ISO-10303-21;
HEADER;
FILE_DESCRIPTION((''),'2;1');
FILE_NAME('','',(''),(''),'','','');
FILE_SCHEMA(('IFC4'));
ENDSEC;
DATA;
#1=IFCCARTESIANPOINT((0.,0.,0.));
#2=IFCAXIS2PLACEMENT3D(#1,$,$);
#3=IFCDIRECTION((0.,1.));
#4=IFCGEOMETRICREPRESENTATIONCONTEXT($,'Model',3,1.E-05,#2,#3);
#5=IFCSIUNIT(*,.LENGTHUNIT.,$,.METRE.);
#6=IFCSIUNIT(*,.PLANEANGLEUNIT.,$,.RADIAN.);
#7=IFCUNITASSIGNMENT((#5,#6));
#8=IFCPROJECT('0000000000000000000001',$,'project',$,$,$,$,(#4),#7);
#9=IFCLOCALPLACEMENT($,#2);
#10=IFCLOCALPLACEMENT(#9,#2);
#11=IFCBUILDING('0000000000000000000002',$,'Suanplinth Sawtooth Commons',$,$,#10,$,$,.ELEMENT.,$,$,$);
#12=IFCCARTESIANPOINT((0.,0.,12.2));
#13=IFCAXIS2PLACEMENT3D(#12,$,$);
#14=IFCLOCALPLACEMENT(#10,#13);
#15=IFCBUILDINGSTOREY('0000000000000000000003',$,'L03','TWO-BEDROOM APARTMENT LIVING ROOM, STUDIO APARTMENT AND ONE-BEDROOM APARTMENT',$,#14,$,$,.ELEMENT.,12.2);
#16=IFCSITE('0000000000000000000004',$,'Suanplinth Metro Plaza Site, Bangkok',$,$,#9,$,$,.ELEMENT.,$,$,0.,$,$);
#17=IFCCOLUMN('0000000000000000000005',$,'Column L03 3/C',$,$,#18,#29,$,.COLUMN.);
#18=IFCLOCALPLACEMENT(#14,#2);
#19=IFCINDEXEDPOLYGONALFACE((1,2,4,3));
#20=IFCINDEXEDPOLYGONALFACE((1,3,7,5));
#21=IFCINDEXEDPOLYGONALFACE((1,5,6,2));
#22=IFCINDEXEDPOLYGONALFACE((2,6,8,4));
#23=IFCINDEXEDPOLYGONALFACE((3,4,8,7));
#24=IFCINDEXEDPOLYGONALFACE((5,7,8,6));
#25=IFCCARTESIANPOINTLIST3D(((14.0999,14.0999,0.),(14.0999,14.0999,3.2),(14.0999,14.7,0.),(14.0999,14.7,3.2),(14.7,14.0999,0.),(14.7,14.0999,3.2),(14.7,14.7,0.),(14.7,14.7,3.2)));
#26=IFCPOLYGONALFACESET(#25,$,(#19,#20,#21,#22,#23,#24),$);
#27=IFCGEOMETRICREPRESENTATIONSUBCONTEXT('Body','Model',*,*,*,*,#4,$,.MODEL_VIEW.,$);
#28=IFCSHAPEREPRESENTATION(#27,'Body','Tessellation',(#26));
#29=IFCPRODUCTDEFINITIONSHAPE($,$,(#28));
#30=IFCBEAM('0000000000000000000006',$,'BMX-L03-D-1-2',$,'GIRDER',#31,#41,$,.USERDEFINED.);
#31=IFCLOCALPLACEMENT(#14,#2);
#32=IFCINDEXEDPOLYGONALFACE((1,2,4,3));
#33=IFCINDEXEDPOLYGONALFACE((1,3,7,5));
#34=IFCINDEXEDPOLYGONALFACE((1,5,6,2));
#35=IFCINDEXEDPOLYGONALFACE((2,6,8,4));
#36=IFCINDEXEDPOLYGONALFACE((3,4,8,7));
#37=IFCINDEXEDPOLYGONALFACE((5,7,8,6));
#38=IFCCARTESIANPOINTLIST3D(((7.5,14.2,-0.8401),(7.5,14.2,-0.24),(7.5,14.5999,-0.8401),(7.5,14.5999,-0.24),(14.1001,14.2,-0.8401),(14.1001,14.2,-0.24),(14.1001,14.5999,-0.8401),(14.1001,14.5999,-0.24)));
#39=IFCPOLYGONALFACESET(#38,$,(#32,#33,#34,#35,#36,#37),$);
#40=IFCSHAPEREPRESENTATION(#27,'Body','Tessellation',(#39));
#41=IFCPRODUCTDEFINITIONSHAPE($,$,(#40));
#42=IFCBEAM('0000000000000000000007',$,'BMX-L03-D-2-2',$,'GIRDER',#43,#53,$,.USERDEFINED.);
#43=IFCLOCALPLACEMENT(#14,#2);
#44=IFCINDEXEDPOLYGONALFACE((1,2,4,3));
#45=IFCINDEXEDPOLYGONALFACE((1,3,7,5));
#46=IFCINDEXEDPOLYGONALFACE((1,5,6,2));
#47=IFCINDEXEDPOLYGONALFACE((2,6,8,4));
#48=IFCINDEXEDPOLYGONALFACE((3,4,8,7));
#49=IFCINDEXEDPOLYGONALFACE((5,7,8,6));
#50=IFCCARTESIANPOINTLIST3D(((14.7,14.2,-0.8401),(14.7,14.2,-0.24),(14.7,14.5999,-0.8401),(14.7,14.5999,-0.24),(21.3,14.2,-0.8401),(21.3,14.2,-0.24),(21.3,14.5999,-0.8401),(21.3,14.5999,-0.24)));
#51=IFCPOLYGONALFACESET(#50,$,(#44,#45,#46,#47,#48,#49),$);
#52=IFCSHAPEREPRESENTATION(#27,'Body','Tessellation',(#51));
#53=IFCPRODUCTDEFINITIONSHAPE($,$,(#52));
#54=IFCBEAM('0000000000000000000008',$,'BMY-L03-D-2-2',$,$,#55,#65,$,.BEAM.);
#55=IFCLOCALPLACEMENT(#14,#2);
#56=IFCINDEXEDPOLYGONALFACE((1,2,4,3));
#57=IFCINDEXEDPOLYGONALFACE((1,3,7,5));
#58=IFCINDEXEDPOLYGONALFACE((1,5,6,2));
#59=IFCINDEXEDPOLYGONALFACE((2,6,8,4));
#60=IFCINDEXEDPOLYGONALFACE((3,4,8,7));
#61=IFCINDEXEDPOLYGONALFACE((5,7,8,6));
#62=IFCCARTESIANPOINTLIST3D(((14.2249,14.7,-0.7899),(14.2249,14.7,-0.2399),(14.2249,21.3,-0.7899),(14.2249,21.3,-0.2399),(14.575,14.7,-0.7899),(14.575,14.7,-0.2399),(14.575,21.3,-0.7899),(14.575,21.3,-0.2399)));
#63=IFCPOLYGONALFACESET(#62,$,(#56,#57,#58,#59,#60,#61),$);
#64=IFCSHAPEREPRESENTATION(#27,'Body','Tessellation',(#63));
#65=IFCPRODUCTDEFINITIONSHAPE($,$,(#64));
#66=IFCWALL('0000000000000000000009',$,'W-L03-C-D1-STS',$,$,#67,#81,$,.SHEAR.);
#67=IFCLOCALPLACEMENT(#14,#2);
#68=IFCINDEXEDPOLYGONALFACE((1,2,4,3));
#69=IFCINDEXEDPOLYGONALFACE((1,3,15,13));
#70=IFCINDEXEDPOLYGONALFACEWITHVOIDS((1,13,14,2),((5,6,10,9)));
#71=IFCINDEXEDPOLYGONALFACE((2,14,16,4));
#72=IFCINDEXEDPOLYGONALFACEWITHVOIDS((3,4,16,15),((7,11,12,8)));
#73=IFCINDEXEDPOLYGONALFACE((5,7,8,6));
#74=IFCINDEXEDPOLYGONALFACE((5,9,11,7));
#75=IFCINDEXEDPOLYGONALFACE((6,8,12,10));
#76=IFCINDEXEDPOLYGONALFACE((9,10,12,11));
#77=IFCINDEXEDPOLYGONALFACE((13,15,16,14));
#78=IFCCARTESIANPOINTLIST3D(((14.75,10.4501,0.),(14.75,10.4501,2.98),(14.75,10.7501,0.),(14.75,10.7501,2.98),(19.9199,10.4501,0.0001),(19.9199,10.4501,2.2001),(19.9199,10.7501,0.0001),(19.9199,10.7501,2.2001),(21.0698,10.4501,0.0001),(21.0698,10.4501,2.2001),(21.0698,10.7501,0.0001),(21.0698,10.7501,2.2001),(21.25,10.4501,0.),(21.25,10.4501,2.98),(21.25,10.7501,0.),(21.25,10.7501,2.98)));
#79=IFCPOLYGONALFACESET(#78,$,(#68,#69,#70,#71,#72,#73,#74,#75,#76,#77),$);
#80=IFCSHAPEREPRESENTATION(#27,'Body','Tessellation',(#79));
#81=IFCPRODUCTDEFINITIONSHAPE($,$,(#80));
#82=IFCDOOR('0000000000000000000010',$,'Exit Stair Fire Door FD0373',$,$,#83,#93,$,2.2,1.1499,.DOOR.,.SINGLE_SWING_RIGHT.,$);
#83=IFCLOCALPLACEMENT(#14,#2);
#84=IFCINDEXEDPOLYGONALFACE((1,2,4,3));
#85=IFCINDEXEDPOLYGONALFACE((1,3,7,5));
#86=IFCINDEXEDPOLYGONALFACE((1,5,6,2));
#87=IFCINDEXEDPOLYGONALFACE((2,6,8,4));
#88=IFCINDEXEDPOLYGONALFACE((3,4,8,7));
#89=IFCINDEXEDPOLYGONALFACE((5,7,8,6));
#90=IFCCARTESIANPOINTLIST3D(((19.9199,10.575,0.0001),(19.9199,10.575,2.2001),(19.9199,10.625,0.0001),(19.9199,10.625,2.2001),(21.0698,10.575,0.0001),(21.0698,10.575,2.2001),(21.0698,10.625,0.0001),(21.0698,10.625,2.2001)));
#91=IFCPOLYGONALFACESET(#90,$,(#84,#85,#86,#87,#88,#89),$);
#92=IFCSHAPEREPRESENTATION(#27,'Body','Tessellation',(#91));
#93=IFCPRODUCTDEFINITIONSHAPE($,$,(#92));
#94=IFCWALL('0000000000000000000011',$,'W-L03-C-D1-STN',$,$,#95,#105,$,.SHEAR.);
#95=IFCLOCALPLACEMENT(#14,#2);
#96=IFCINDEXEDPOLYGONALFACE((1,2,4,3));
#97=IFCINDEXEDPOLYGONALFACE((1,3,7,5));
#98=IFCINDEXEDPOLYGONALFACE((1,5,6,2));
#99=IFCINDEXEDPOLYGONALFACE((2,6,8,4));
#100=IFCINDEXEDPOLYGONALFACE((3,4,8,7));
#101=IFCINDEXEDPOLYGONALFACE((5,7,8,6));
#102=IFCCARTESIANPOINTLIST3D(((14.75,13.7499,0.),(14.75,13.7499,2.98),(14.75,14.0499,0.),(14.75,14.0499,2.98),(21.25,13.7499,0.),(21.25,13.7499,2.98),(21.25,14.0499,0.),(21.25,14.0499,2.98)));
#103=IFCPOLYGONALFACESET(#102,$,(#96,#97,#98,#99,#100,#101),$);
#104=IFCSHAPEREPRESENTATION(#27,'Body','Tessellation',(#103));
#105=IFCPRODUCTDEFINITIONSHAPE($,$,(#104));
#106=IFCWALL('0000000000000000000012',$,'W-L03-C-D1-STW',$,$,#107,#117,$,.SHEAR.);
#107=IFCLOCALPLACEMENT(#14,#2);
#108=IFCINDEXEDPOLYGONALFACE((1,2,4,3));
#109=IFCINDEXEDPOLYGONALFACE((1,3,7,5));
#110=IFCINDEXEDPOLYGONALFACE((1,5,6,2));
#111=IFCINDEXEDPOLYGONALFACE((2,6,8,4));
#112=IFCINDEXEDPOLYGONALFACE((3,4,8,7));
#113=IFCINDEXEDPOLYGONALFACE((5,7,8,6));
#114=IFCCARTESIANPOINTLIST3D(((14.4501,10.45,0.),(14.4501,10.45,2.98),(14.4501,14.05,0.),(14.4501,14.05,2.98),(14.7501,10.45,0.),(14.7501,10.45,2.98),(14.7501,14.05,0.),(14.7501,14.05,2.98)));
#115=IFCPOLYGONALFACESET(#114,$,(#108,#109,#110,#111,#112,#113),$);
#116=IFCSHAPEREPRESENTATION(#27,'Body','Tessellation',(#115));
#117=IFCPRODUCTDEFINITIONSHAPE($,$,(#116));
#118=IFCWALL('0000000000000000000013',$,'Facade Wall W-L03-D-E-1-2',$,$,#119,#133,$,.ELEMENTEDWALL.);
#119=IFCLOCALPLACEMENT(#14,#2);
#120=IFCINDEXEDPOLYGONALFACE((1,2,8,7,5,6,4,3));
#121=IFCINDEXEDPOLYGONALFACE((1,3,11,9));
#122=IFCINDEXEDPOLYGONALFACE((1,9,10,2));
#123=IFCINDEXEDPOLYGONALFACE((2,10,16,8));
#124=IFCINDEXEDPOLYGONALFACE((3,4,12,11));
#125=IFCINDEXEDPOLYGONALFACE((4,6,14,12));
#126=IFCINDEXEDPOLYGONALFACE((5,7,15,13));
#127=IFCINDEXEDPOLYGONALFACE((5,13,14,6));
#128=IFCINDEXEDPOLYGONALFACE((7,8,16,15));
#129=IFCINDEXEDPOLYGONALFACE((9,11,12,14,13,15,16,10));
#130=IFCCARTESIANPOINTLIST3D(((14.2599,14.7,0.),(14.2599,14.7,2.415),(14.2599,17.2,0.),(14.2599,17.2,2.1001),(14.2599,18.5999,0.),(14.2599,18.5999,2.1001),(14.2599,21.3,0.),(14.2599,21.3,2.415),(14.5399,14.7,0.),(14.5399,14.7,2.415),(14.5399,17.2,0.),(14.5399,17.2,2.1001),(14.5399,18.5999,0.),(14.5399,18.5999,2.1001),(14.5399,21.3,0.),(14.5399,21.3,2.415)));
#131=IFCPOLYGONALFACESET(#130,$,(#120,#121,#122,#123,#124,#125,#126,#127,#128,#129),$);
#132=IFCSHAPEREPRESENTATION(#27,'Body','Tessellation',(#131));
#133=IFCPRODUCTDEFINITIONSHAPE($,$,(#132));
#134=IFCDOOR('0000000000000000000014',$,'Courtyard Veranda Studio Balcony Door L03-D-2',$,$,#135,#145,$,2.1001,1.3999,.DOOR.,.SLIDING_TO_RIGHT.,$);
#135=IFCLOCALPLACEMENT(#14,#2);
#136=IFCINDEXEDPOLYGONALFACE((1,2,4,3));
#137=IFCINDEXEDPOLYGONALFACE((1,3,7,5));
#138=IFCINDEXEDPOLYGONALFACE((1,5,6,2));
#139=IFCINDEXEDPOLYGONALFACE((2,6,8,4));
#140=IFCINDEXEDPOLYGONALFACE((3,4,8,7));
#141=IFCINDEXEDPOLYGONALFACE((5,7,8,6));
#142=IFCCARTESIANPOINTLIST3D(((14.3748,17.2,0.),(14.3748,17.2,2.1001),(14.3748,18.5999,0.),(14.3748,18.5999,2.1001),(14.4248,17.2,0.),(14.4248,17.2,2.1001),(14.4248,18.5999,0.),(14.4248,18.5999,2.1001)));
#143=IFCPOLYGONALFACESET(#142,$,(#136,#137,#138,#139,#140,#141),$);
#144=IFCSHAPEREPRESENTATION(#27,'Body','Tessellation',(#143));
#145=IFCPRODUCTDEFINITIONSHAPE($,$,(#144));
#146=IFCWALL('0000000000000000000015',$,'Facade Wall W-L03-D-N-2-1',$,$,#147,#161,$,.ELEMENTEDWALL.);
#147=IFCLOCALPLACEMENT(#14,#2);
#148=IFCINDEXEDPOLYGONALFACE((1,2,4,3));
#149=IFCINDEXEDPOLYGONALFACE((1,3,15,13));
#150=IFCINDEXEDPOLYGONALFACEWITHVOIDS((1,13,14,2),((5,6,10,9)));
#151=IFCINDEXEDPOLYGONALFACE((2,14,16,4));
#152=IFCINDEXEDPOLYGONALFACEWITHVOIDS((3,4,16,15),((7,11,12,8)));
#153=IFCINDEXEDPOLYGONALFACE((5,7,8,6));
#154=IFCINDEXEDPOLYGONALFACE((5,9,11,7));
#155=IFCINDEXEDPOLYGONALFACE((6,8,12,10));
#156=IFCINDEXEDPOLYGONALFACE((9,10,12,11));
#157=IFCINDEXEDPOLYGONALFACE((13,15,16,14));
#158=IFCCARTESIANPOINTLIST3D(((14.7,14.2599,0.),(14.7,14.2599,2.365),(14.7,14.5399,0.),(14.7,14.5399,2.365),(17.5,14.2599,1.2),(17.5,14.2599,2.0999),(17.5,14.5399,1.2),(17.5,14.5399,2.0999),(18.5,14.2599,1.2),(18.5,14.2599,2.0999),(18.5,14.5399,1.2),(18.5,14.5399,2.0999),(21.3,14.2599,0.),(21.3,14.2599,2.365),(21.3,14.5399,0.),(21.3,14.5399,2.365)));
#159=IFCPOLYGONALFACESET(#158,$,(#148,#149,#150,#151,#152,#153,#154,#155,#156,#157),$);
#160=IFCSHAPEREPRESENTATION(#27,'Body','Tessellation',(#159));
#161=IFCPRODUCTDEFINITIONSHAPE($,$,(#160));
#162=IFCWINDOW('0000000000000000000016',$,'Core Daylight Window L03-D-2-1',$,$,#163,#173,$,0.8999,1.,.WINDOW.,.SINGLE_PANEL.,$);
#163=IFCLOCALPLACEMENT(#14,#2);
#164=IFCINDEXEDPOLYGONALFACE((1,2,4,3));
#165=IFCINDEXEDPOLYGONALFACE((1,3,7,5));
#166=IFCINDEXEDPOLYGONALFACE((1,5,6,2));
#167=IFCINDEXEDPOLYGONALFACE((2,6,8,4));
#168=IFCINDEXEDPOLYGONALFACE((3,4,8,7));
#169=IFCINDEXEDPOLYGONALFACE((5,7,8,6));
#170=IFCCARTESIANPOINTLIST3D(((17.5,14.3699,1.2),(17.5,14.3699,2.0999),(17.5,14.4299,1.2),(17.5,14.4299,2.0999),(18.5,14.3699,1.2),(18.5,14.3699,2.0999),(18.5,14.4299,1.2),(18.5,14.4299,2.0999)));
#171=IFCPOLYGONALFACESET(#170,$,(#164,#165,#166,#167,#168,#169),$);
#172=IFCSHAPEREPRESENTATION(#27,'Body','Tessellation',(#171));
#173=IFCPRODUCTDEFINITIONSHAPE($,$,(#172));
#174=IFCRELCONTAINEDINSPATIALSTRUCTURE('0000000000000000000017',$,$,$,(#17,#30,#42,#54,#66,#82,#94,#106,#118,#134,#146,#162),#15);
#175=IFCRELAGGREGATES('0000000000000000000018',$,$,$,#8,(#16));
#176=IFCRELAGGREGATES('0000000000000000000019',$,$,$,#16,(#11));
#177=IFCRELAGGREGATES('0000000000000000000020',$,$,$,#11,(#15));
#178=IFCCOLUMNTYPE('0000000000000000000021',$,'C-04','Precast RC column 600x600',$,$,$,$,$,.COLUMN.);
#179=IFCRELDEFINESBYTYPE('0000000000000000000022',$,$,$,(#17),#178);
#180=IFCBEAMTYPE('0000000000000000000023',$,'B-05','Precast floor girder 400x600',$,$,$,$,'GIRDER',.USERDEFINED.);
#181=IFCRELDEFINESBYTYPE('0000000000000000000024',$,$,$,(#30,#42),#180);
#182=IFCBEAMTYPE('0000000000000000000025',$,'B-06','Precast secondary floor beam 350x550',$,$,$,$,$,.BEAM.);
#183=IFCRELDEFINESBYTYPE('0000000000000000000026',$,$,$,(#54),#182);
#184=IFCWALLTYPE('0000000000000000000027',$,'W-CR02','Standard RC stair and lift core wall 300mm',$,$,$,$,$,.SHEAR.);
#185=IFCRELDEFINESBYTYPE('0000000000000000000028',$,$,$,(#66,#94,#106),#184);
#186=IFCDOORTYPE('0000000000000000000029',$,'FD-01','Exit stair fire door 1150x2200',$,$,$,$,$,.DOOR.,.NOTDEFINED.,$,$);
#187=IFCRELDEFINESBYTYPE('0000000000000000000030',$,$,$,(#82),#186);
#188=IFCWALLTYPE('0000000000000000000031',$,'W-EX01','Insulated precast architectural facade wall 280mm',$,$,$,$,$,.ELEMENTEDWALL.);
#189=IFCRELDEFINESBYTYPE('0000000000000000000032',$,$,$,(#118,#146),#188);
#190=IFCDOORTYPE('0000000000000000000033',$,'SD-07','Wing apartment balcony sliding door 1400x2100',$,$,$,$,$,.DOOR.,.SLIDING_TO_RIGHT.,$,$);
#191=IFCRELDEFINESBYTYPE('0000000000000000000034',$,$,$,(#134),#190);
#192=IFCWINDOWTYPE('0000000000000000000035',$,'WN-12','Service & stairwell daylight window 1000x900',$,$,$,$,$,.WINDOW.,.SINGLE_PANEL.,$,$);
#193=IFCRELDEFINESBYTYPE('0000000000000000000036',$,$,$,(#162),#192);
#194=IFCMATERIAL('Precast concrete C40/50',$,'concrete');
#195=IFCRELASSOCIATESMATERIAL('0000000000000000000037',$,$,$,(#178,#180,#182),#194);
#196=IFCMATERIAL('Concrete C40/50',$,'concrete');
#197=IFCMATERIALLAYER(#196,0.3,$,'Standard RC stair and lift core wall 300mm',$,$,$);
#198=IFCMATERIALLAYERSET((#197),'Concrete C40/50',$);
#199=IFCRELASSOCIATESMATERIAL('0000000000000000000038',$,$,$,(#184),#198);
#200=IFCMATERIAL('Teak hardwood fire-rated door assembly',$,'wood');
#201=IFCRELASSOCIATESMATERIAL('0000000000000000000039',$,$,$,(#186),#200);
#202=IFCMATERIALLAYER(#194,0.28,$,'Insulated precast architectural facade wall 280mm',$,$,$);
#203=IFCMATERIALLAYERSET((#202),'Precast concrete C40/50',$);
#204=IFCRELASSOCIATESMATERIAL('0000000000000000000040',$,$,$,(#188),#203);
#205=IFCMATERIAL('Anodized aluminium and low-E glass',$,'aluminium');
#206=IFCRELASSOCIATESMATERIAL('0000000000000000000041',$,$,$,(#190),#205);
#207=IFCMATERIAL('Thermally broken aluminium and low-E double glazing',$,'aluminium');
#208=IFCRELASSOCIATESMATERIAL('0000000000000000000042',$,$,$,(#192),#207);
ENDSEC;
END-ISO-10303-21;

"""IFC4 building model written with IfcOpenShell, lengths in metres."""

from ifc_helpers import new_model, si_unit, direction, frame, frame_2d, origin, origin_2d, place, context, subcontext, project, spatial, rectangle, extrude, material, layer, layer_set, material_profile, profile_set, type_object, element, fill, save


model = new_model("IFC4")

# Units and contexts
model_context = context("Model", 3, precision=1e-05, world=origin(), true_north=direction((0.0, 1.0)))
body_context = subcontext(model_context, "Body", "Model", "MODEL_VIEW")
ifc_project = project(units=[si_unit("LENGTHUNIT", "METRE"), si_unit("PLANEANGLEUNIT", "RADIAN")], contexts=[model_context])

# Site, building, storey
site_placement = place(None, origin())
site = spatial("IfcSite", under=ifc_project, at=site_placement, Name="Suanplinth Metro Plaza Site, Bangkok", CompositionType="ELEMENT", RefElevation=0.0)
building_placement = place(site_placement, origin())
building = spatial("IfcBuilding", under=site, at=building_placement, Name="Suanplinth Sawtooth Commons", CompositionType="ELEMENT")
storey_placement = place(building_placement, frame((0.0, 0.0, 12.2)))
storey = spatial("IfcBuildingStorey", under=building, at=storey_placement, Name="L03", Description="TWO-BEDROOM APARTMENT LIVING ROOM, STUDIO APARTMENT AND ONE-BEDROOM APARTMENT", CompositionType="ELEMENT", Elevation=12.2)

# Column
ifc_material_1 = material(Name="Precast concrete C40/50", Category="concrete")
ifc_material_profile_1 = material_profile(ifc_material_1, rectangle(XDim=0.6001, YDim=0.6001, at=origin_2d()), Name="PC-COL 600x600")
ifc_profile_set_1 = profile_set([ifc_material_profile_1], Name="Precast concrete C40/50")
column_type = type_object("IfcColumnType", Name="C-04", Description="Precast RC column 600x600", PredefinedType="COLUMN", material=ifc_profile_set_1)
column_placement = place(storey_placement, frame((14.3999, 14.3999, 0.0), z_axis=(0.0, 0.0, 1.0), x_axis=(1.0, 0.0, 0.0)))
element("IfcColumn", 1, at=column_placement, inside=storey, type_object=column_type, Name="Column L03 3/C", PredefinedType="COLUMN", context=body_context, shape_type="SweptSolid", body=[
    extrude(rectangle(XDim=0.6001, YDim=0.6001, at=origin_2d()), origin(), (0.0, 0.0, 1.0), 3.2),
])

# Beams
ifc_material_profile_2 = material_profile(ifc_material_1, rectangle(XDim=0.3999, YDim=0.6001, at=origin_2d()), Name="PC-GDR 400x600")
ifc_profile_set_2 = profile_set([ifc_material_profile_2], Name="Precast concrete C40/50")
beam_type_1 = type_object("IfcBeamType", Name="B-05", Description="Precast floor girder 400x600", ElementType="GIRDER", PredefinedType="USERDEFINED", material=ifc_profile_set_2)
for number, where, z_axis, x_axis, name in (
    (2, (7.5, 14.3999, -0.54), (1.0, 0.0, 0.0), (0.0, 1.0, 0.0), "BMX-L03-D-1-2"),
    (3, (14.7, 14.3999, -0.54), (1.0, 0.0, 0.0), (0.0, 1.0, 0.0), "BMX-L03-D-2-2"),
):
    element("IfcBeam", number, at=place(storey_placement, frame(where, z_axis=z_axis, x_axis=x_axis)), inside=storey, type_object=beam_type_1, Name=name, ObjectType="GIRDER", PredefinedType="USERDEFINED", context=body_context, shape_type="SweptSolid", body=[
        extrude(rectangle(XDim=0.3999, YDim=0.6001, at=origin_2d()), origin(), (0.0, 0.0, 1.0), 6.6001),
    ])
ifc_material_profile_3 = material_profile(ifc_material_1, rectangle(XDim=0.3501, YDim=0.55, at=origin_2d()), Name="PC-BM 350x550")
ifc_profile_set_3 = profile_set([ifc_material_profile_3], Name="Precast concrete C40/50")
beam_type_2 = type_object("IfcBeamType", Name="B-06", Description="Precast secondary floor beam 350x550", PredefinedType="BEAM", material=ifc_profile_set_3)
beam_placement = place(storey_placement, frame((14.3999, 14.7, -0.5149), z_axis=(0.0, 1.0, 0.0), x_axis=(-1.0, 0.0, 0.0)))
element("IfcBeam", 4, at=beam_placement, inside=storey, type_object=beam_type_2, Name="BMY-L03-D-2-2", PredefinedType="BEAM", context=body_context, shape_type="SweptSolid", body=[
    extrude(rectangle(XDim=0.3501, YDim=0.55, at=origin_2d()), origin(), (0.0, 0.0, 1.0), 6.6001),
])

# Wall, opening, door
ifc_material_2 = material(Name="Concrete C40/50", Category="concrete")
ifc_layer_1 = layer(ifc_material_2, 0.3, Name="Standard RC stair and lift core wall 300mm")
ifc_layer_set_1 = layer_set([ifc_layer_1], Name="Concrete C40/50")
wall_type_1 = type_object("IfcWallType", Name="W-CR02", Description="Standard RC stair and lift core wall 300mm", PredefinedType="SHEAR", material=ifc_layer_set_1)
wall_1_placement = place(storey_placement, frame((14.75, 10.6001, 0.0), z_axis=(0.0, 0.0, 1.0), x_axis=(1.0, 0.0, 0.0)))
wall_1 = element("IfcWall", 5, at=wall_1_placement, inside=storey, type_object=wall_type_1, Name="W-L03-C-D1-STS", PredefinedType="SHEAR", context=body_context, shape_type="SweptSolid", body=[
    extrude(rectangle(XDim=6.5, YDim=0.3, at=frame_2d((3.25, 0.0))), origin(), (0.0, 0.0, 1.0), 2.98),
])
opening_1_placement = place(wall_1_placement, frame((5.1699, 0.0, 0.0)))
opening_1 = element("IfcOpeningElement", 6, at=opening_1_placement, cuts=wall_1, PredefinedType="OPENING", context=body_context, shape_type="SweptSolid", body=[
    extrude(rectangle(XDim=1.1499, YDim=2.2, at=frame_2d((0.575, 1.1001))), frame((0.0, 0.165, 0.0), z_axis=(0.0, -1.0, 0.0), x_axis=(1.0, 0.0, 0.0)), (0.0, 0.0, 1.0), 0.3298),
])
ifc_material_3 = material(Name="Teak hardwood fire-rated door assembly", Category="wood")
door_type_1 = type_object("IfcDoorType", Name="FD-01", Description="Exit stair fire door 1150x2200", OperationType="NOTDEFINED", PredefinedType="DOOR", material=ifc_material_3)
door_1_placement = place(opening_1_placement, origin())
door_1 = element("IfcDoor", 7, at=door_1_placement, inside=storey, type_object=door_type_1, Name="Exit Stair Fire Door FD0373", OperationType="SINGLE_SWING_RIGHT", OverallHeight=2.2, OverallWidth=1.1499, PredefinedType="DOOR", context=body_context, shape_type="SweptSolid", body=[
    extrude(rectangle(XDim=1.1499, YDim=2.2, at=frame_2d((0.575, 1.1001))), frame((0.0, 0.0249, 0.0), z_axis=(0.0, -1.0, 0.0), x_axis=(1.0, 0.0, 0.0)), (0.0, 0.0, 1.0), 0.05),
])
fill(opening_1, door_1)

# Walls
wall_2_placement = place(storey_placement, frame((14.75, 13.8999, 0.0), z_axis=(0.0, 0.0, 1.0), x_axis=(1.0, 0.0, 0.0)))
element("IfcWall", 8, at=wall_2_placement, inside=storey, type_object=wall_type_1, Name="W-L03-C-D1-STN", PredefinedType="SHEAR", context=body_context, shape_type="SweptSolid", body=[
    extrude(rectangle(XDim=6.5, YDim=0.3, at=frame_2d((3.25, 0.0))), origin(), (0.0, 0.0, 1.0), 2.98),
])
wall_3_placement = place(storey_placement, frame((14.6001, 10.45, 0.0), z_axis=(0.0, 0.0, 1.0), x_axis=(0.0, 1.0, 0.0)))
element("IfcWall", 9, at=wall_3_placement, inside=storey, type_object=wall_type_1, Name="W-L03-C-D1-STW", PredefinedType="SHEAR", context=body_context, shape_type="SweptSolid", body=[
    extrude(rectangle(XDim=3.6001, YDim=0.3, at=frame_2d((1.8, 0.0))), origin(), (0.0, 0.0, 1.0), 2.98),
])

# Wall, opening, door
ifc_layer_2 = layer(ifc_material_1, 0.28, Name="Insulated precast architectural facade wall 280mm")
ifc_layer_set_2 = layer_set([ifc_layer_2], Name="Precast concrete C40/50")
wall_type_2 = type_object("IfcWallType", Name="W-EX01", Description="Insulated precast architectural facade wall 280mm", PredefinedType="ELEMENTEDWALL", material=ifc_layer_set_2)
wall_4_placement = place(storey_placement, frame((14.3999, 14.7, 0.0), z_axis=(0.0, 0.0, 1.0), x_axis=(0.0, 1.0, 0.0)))
wall_4 = element("IfcWall", 10, at=wall_4_placement, inside=storey, type_object=wall_type_2, Name="Facade Wall W-L03-D-E-1-2", PredefinedType="ELEMENTEDWALL", context=body_context, shape_type="SweptSolid", body=[
    extrude(rectangle(XDim=6.6001, YDim=0.28, at=frame_2d((3.3, 0.0))), origin(), (0.0, 0.0, 1.0), 2.415),
])
opening_2_placement = place(wall_4_placement, frame((2.5, 0.0, 0.0)))
opening_2 = element("IfcOpeningElement", 11, at=opening_2_placement, cuts=wall_4, PredefinedType="OPENING", context=body_context, shape_type="SweptSolid", body=[
    extrude(rectangle(XDim=1.3999, YDim=2.1001, at=frame_2d((0.7, 1.05))), frame((0.0, 0.1548, 0.0), z_axis=(0.0, -1.0, 0.0), x_axis=(1.0, 0.0, 0.0)), (0.0, 0.0, 1.0), 0.3098),
])
ifc_material_4 = material(Name="Anodized aluminium and low-E glass", Category="aluminium")
door_type_2 = type_object("IfcDoorType", Name="SD-07", Description="Wing apartment balcony sliding door 1400x2100", OperationType="SLIDING_TO_RIGHT", PredefinedType="DOOR", material=ifc_material_4)
door_2_placement = place(opening_2_placement, frame((1.3999, 0.0, 0.0), z_axis=(0.0, 0.0, 1.0), x_axis=(-1.0, 0.0, 0.0)))
door_2 = element("IfcDoor", 12, at=door_2_placement, inside=storey, type_object=door_type_2, Name="Courtyard Veranda Studio Balcony Door L03-D-2", OperationType="SLIDING_TO_RIGHT", OverallHeight=2.1001, OverallWidth=1.3999, PredefinedType="DOOR", context=body_context, shape_type="SweptSolid", body=[
    extrude(rectangle(XDim=1.3999, YDim=2.1001, at=frame_2d((0.7, 1.05))), frame((0.0, 0.0249, 0.0), z_axis=(0.0, -1.0, 0.0), x_axis=(1.0, 0.0, 0.0)), (0.0, 0.0, 1.0), 0.05),
])
fill(opening_2, door_2)

# Wall, opening, window
wall_5_placement = place(storey_placement, frame((14.7, 14.3999, 0.0), z_axis=(0.0, 0.0, 1.0), x_axis=(1.0, 0.0, 0.0)))
wall_5 = element("IfcWall", 13, at=wall_5_placement, inside=storey, type_object=wall_type_2, Name="Facade Wall W-L03-D-N-2-1", PredefinedType="ELEMENTEDWALL", context=body_context, shape_type="SweptSolid", body=[
    extrude(rectangle(XDim=6.6001, YDim=0.28, at=frame_2d((3.3, 0.0))), origin(), (0.0, 0.0, 1.0), 2.365),
])
opening_3_placement = place(wall_5_placement, frame((2.8, 0.0, 1.2)))
opening_3 = element("IfcOpeningElement", 14, at=opening_3_placement, cuts=wall_5, PredefinedType="OPENING", context=body_context, shape_type="SweptSolid", body=[
    extrude(rectangle(XDim=1.0, YDim=0.8999, at=frame_2d((0.5, 0.45))), frame((0.0, 0.1548, 0.0), z_axis=(0.0, -1.0, 0.0), x_axis=(1.0, 0.0, 0.0)), (0.0, 0.0, 1.0), 0.3098),
])
ifc_material_5 = material(Name="Thermally broken aluminium and low-E double glazing", Category="aluminium")
window_type = type_object("IfcWindowType", Name="WN-12", Description="Service & stairwell daylight window 1000x900", PartitioningType="SINGLE_PANEL", PredefinedType="WINDOW", material=ifc_material_5)
window_placement = place(opening_3_placement, origin())
window = element("IfcWindow", 15, at=window_placement, inside=storey, type_object=window_type, Name="Core Daylight Window L03-D-2-1", OverallHeight=0.8999, OverallWidth=1.0, PartitioningType="SINGLE_PANEL", PredefinedType="WINDOW", context=body_context, shape_type="SweptSolid", body=[
    extrude(rectangle(XDim=1.0, YDim=0.8999, at=frame_2d((0.5, 0.45))), frame((0.0, 0.03, 0.0), z_axis=(0.0, -1.0, 0.0), x_axis=(1.0, 0.0, 0.0)), (0.0, 0.0, 1.0), 0.0601),
])
fill(opening_3, window)

save(model, "model.ifc")
